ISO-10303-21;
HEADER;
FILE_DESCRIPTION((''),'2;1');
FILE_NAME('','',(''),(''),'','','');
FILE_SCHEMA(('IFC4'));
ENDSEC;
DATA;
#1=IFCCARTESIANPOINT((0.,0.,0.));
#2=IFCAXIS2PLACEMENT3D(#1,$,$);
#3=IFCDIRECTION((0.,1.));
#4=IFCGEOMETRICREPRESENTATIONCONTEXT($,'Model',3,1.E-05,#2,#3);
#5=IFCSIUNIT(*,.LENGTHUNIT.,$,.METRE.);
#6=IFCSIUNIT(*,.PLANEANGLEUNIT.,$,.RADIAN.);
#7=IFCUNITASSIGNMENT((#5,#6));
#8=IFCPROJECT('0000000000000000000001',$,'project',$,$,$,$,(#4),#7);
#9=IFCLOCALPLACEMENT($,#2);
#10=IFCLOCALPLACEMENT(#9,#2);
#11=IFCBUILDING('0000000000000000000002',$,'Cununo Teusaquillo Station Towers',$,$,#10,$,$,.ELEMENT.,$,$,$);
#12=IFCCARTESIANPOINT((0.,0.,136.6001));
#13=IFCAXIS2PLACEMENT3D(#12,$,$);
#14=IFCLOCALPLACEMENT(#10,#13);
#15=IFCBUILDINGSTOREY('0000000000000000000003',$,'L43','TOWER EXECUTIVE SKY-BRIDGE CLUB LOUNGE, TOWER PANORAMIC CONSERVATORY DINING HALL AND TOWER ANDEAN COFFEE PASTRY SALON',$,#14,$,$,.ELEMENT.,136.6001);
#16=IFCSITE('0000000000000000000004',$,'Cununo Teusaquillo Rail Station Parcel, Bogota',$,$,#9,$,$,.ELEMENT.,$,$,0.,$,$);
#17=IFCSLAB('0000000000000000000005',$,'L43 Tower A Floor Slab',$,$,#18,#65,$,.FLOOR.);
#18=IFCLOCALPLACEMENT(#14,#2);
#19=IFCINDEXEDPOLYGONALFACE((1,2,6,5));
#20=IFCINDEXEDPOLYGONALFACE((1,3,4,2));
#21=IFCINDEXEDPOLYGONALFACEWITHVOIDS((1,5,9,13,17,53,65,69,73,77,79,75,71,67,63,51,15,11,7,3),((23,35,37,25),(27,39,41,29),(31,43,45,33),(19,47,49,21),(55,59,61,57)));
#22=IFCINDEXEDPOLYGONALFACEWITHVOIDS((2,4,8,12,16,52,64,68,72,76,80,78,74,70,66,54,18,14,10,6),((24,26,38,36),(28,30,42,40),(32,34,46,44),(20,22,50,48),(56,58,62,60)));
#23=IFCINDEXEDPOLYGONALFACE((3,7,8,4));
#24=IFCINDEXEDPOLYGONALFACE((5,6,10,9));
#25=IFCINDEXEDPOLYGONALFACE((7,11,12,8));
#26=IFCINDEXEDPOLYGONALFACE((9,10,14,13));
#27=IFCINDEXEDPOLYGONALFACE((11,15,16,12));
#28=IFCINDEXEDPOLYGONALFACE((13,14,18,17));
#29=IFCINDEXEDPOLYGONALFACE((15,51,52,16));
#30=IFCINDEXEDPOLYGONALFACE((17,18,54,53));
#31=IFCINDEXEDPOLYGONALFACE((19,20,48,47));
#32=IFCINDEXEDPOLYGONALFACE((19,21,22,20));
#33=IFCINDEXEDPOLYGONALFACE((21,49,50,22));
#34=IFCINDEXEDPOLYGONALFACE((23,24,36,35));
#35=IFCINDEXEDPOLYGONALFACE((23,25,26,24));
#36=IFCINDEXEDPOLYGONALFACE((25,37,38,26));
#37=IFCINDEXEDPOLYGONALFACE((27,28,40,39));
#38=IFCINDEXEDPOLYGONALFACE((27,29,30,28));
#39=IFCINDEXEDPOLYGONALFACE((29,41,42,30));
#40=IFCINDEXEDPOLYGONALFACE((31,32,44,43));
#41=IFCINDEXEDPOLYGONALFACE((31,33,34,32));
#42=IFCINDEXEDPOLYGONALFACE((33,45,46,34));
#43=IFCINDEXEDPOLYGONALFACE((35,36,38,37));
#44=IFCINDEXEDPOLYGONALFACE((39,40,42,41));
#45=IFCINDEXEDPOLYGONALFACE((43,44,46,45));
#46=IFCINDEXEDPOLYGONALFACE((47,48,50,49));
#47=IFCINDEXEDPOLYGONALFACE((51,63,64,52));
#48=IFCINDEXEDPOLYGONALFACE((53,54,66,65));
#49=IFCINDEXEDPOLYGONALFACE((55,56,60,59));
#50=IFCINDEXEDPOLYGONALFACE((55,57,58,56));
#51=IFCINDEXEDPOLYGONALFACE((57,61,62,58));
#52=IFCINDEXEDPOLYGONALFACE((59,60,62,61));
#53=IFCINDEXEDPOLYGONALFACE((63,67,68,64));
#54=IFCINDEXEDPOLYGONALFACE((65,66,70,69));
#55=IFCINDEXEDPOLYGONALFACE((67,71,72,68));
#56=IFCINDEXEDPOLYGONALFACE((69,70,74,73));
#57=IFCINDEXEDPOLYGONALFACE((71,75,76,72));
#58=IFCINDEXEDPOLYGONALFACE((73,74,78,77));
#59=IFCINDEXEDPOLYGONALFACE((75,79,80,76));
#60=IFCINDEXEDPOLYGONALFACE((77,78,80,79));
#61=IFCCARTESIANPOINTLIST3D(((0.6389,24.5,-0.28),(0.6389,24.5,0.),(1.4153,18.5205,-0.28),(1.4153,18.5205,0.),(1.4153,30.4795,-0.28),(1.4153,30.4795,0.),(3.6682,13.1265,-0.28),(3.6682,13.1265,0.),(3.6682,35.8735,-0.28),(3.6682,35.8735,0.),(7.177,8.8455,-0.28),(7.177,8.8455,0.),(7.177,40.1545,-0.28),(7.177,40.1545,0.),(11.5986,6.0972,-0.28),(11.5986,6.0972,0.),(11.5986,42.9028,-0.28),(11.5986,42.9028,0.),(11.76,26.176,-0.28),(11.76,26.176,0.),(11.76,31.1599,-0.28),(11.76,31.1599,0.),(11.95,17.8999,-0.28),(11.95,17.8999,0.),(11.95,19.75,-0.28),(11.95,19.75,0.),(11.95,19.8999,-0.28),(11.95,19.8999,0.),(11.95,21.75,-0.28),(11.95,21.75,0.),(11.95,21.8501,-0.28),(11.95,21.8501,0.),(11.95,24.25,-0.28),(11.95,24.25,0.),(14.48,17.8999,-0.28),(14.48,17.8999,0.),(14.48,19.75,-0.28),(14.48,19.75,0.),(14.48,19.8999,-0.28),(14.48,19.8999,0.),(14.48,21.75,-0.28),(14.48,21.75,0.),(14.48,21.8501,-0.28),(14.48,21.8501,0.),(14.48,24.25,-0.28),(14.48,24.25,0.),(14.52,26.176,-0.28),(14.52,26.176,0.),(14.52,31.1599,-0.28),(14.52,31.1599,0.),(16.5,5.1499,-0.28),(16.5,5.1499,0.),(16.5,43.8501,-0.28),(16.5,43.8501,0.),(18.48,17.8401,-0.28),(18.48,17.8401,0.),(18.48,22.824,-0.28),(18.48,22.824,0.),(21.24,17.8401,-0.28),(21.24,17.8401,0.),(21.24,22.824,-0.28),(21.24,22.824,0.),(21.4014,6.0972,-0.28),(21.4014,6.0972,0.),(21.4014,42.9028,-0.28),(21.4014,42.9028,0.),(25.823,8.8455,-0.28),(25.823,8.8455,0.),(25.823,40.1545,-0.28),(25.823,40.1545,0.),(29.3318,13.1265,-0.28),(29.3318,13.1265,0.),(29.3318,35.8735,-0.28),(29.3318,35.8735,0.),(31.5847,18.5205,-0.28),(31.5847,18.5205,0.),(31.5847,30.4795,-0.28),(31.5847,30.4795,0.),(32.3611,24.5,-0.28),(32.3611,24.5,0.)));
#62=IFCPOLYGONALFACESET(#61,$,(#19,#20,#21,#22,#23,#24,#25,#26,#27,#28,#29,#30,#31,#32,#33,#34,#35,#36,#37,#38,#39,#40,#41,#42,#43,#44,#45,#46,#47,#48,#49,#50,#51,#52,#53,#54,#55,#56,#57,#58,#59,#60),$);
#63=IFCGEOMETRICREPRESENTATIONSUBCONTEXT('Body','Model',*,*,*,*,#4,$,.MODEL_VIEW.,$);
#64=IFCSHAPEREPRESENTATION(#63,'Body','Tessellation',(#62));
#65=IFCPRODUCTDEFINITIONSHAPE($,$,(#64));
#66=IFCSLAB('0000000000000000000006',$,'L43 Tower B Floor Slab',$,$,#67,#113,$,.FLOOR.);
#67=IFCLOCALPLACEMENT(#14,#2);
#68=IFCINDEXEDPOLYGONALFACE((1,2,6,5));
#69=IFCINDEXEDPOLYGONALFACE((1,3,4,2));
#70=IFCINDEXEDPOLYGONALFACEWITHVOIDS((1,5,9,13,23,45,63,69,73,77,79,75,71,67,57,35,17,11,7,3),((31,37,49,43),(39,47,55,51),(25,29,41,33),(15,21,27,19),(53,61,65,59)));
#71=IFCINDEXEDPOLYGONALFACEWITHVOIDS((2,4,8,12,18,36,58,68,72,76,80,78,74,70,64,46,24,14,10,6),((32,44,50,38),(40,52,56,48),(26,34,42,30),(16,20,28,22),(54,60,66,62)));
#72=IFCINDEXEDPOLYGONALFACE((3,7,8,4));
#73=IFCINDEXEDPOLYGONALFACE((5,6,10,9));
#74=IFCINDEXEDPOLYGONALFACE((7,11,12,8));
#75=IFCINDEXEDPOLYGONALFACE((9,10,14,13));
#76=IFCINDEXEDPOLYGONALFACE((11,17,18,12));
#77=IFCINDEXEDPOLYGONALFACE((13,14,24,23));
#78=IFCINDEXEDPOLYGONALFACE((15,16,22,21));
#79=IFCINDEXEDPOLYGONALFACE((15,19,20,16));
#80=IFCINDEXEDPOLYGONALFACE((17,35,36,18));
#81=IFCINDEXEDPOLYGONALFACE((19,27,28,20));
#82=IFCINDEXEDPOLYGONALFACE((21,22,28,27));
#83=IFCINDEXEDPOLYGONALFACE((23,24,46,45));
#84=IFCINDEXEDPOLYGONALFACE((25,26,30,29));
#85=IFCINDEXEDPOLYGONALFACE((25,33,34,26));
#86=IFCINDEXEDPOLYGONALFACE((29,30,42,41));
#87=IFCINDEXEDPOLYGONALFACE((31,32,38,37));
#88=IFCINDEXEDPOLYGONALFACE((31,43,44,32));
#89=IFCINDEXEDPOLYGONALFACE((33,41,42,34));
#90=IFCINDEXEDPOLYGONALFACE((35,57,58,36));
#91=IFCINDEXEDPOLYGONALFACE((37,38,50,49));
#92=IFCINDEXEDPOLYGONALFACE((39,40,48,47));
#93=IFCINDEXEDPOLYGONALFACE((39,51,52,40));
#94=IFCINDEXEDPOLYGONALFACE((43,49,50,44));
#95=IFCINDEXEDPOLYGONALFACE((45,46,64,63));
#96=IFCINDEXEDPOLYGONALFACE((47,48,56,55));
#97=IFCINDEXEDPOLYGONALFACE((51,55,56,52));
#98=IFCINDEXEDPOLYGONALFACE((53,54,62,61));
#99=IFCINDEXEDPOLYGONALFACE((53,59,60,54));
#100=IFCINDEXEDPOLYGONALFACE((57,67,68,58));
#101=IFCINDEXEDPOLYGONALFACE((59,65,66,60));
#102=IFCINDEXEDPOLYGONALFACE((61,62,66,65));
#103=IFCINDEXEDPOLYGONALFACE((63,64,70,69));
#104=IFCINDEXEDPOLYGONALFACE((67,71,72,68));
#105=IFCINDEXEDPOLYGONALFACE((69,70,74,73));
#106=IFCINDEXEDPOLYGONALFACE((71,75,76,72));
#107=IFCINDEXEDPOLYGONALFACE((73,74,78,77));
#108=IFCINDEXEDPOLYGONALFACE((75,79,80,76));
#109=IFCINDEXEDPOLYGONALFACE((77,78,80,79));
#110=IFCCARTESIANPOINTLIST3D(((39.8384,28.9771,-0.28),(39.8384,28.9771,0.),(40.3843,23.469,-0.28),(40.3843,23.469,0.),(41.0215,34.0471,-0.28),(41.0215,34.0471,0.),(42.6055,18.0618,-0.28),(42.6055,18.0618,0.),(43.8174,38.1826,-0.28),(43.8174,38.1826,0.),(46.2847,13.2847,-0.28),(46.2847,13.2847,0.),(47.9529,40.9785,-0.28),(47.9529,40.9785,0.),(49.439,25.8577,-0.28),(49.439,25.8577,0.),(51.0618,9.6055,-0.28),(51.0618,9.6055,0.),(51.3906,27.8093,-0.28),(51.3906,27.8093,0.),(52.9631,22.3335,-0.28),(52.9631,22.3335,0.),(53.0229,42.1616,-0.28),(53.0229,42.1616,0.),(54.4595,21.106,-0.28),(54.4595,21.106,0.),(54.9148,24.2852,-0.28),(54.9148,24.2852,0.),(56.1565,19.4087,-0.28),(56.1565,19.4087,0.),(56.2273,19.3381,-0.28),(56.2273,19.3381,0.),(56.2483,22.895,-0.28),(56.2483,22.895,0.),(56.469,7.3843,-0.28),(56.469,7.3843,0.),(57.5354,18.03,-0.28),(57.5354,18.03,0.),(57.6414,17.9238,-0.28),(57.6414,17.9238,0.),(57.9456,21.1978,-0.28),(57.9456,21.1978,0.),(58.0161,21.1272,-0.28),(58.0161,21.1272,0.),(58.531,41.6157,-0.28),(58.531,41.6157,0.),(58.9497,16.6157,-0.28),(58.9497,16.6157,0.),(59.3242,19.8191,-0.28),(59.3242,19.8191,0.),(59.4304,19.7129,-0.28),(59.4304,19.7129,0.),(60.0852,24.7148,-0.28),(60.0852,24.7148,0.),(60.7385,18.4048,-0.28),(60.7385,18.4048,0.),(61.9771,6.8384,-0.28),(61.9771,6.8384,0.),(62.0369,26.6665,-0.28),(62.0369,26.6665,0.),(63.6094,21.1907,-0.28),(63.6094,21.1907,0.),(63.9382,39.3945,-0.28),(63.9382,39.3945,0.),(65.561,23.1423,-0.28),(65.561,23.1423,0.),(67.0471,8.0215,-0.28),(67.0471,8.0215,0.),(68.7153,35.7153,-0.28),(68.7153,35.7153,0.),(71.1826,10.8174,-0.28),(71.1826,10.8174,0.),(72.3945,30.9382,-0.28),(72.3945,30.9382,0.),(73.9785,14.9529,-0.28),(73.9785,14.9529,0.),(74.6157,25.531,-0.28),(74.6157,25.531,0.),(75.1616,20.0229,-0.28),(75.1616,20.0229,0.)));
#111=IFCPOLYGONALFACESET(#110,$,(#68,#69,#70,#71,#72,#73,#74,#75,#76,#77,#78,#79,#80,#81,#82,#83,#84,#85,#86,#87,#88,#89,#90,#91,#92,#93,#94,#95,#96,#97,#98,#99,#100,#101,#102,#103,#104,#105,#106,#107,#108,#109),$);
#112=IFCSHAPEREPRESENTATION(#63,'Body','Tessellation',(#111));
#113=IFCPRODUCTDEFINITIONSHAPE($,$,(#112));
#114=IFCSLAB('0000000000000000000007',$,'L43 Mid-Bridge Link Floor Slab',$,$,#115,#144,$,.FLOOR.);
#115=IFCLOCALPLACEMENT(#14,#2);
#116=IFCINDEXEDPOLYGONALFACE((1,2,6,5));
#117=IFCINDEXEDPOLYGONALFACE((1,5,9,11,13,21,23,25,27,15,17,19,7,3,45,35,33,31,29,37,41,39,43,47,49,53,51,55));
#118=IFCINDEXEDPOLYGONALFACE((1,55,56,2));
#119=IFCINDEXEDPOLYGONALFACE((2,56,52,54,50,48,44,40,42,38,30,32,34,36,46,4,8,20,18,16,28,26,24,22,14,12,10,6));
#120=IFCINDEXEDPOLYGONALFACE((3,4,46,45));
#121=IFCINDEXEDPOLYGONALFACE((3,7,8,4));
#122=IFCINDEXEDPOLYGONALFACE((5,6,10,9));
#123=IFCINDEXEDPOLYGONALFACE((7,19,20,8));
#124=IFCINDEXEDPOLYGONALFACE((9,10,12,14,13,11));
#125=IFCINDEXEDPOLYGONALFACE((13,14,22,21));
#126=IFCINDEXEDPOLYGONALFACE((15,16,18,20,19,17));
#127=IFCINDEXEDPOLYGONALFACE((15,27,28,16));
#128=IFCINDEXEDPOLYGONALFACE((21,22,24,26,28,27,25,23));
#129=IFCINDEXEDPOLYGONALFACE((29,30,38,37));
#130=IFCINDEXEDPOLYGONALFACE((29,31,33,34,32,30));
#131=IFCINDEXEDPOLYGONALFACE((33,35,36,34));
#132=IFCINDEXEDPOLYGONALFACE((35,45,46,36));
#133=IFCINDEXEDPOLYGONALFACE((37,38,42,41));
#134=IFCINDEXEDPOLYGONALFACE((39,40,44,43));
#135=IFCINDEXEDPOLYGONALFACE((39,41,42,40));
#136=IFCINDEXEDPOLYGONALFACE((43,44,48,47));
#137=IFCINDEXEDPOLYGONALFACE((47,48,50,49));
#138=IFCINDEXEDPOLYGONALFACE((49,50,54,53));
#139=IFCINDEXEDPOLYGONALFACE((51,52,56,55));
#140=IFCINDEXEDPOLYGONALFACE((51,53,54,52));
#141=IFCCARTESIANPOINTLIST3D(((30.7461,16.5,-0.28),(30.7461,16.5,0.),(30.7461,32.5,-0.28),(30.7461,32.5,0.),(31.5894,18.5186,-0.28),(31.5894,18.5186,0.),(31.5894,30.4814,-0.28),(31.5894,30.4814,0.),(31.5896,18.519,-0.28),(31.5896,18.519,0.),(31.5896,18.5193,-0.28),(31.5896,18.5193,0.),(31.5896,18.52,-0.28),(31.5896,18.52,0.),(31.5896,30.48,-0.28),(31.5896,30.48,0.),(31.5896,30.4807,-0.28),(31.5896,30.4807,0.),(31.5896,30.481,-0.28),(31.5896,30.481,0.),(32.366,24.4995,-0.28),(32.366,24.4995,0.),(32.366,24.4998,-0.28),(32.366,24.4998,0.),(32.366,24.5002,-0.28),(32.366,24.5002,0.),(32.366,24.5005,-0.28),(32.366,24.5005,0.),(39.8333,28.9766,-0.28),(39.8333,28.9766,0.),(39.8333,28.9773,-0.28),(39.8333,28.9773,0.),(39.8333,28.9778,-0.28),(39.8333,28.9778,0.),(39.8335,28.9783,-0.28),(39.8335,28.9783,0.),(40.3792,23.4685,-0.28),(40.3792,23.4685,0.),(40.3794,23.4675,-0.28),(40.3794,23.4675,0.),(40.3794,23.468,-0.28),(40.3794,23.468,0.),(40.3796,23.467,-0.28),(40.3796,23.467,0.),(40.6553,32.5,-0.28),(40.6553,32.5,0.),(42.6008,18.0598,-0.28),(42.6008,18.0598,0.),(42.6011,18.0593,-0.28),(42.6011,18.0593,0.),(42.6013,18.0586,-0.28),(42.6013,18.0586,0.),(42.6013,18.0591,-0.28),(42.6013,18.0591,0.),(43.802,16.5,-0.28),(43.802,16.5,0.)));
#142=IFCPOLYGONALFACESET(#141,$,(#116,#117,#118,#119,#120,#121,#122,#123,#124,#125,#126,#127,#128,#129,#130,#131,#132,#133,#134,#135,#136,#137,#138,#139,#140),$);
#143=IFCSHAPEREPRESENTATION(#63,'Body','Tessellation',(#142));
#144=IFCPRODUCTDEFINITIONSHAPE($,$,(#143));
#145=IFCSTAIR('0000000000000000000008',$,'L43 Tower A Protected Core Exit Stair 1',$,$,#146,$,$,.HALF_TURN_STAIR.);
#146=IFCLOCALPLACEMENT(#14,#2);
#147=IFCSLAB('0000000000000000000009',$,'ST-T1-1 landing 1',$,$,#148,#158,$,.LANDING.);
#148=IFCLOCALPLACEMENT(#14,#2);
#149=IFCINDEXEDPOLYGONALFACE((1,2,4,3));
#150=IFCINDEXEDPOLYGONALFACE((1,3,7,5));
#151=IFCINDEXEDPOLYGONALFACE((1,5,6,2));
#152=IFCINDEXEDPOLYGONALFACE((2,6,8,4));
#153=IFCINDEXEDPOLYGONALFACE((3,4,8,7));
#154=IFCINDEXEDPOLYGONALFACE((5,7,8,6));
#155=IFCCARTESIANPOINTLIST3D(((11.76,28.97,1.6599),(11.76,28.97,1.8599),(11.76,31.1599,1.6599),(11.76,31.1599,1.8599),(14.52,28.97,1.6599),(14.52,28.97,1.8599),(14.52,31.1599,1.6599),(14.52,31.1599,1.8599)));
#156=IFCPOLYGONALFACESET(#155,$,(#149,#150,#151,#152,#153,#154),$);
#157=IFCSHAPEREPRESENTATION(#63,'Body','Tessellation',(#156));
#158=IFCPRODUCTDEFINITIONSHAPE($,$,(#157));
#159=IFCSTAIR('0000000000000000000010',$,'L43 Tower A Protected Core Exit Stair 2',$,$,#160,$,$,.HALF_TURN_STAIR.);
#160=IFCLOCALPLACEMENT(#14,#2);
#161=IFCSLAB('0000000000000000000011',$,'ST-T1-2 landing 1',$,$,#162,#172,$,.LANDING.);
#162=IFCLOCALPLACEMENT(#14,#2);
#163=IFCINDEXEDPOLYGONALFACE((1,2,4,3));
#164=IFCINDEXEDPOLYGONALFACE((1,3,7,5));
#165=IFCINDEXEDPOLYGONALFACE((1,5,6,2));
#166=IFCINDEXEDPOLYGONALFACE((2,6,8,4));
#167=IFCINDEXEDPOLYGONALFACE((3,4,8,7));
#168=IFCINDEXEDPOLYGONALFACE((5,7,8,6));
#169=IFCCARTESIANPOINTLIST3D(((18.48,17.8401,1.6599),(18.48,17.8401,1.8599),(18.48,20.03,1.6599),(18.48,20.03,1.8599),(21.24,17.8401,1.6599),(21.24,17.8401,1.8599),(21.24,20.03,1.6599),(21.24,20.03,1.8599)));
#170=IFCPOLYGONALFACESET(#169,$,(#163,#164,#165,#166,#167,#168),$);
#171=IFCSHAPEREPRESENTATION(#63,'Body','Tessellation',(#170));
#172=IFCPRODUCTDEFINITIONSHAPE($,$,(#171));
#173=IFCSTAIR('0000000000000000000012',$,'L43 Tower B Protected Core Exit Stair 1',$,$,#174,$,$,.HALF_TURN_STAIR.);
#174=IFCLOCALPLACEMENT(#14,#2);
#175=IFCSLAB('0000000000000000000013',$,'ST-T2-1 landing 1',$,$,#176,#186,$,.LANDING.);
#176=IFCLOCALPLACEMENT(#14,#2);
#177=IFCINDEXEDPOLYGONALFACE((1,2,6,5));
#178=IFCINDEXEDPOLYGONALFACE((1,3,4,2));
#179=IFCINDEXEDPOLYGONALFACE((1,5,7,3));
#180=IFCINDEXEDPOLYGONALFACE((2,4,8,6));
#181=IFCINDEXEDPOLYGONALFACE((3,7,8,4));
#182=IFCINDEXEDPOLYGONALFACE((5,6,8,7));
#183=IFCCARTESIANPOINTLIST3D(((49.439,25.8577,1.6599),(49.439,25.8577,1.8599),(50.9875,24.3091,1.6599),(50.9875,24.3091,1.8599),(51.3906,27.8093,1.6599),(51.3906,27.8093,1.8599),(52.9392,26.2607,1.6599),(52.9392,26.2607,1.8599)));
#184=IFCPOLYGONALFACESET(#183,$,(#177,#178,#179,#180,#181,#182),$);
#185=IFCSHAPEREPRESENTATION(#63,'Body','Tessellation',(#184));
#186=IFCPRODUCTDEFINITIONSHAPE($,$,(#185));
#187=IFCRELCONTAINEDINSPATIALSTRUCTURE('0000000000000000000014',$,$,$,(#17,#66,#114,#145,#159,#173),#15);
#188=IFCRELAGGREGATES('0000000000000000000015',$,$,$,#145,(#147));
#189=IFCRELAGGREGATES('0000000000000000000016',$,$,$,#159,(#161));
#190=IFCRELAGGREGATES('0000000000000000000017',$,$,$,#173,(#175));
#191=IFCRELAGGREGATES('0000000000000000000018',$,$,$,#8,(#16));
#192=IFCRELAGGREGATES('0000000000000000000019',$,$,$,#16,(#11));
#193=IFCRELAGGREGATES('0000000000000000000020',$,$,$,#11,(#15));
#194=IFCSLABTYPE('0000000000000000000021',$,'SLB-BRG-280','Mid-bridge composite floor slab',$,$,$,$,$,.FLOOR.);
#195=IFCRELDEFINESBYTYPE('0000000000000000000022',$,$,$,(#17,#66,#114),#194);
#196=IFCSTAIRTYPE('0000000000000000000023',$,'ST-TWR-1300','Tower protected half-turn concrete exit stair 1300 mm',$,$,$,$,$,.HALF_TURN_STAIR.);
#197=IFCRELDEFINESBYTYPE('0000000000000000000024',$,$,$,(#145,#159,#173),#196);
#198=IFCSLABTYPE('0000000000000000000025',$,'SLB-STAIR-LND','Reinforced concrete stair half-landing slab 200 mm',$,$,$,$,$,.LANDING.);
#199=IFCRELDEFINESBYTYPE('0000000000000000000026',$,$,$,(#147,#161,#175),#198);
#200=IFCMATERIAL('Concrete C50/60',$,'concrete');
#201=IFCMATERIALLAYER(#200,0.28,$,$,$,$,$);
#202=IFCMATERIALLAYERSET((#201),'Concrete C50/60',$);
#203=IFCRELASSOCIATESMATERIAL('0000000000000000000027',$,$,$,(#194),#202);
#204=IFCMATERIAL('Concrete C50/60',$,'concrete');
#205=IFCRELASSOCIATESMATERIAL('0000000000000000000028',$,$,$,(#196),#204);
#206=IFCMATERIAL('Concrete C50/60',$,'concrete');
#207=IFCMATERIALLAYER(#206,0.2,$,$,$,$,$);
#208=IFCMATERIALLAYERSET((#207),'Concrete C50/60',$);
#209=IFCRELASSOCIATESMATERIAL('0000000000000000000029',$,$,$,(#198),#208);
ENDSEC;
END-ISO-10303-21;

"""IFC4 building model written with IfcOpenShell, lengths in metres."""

from ifc_helpers import new_model, si_unit, direction, frame, origin, place, context, subcontext, project, spatial, polyline, outline, extrude, material, layer, layer_set, type_object, element, aggregate, save


model = new_model("IFC4")

# Units and contexts
model_context = context("Model", 3, precision=1e-05, world=origin(), true_north=direction((0.0, 1.0)))
body_context = subcontext(model_context, "Body", "Model", "MODEL_VIEW")
ifc_project = project(units=[si_unit("LENGTHUNIT", "METRE"), si_unit("PLANEANGLEUNIT", "RADIAN")], contexts=[model_context])

# Site, building, storey
site_placement = place(None, origin())
site = spatial("IfcSite", under=ifc_project, at=site_placement, Name="Cununo Teusaquillo Rail Station Parcel, Bogota", CompositionType="ELEMENT", RefElevation=0.0)
building_placement = place(site_placement, origin())
building = spatial("IfcBuilding", under=site, at=building_placement, Name="Cununo Teusaquillo Station Towers", CompositionType="ELEMENT")
storey_placement = place(building_placement, frame((0.0, 0.0, 136.6001)))
storey = spatial("IfcBuildingStorey", under=building, at=storey_placement, Name="L43", Description="TOWER EXECUTIVE SKY-BRIDGE CLUB LOUNGE, TOWER PANORAMIC CONSERVATORY DINING HALL AND TOWER ANDEAN COFFEE PASTRY SALON", CompositionType="ELEMENT", Elevation=136.6001)

# Slabs
ifc_material_1 = material(Name="Concrete C50/60", Category="concrete")
ifc_layer_1 = layer(ifc_material_1, 0.28)
ifc_layer_set_1 = layer_set([ifc_layer_1], Name="Concrete C50/60")
slab_type_1 = type_object("IfcSlabType", Name="SLB-BRG-280", Description="Mid-bridge composite floor slab", PredefinedType="FLOOR", material=ifc_layer_set_1)
slab_1_placement = place(storey_placement, frame((0.0, 0.0, -0.28)))
element("IfcSlab", 1, at=slab_1_placement, inside=storey, type_object=slab_type_1, Name="L43 Tower A Floor Slab", PredefinedType="FLOOR", context=body_context, shape_type="SweptSolid", body=[
    extrude(outline(polyline([(32.3611, 24.5), (31.5847, 30.4795), (29.3318, 35.8735), (25.823, 40.1545), (21.4014, 42.9028), (16.5, 43.8501), (11.5986, 42.9028), (7.177, 40.1545), (3.6682, 35.8735), (1.4153, 30.4795), (0.6389, 24.5), (1.4153, 18.5205), (3.6682, 13.1265), (7.177, 8.8455), (11.5986, 6.0972), (16.5, 5.1499), (21.4014, 6.0972), (25.823, 8.8455), (29.3318, 13.1265), (31.5847, 18.5205), (32.3611, 24.5)]), holes=[polyline([(14.52, 26.176), (14.52, 31.1599), (11.76, 31.1599), (11.76, 26.176), (14.52, 26.176)]), polyline([(18.48, 22.824), (18.48, 17.8401), (21.24, 17.8401), (21.24, 22.824), (18.48, 22.824)]), polyline([(11.95, 21.8501), (14.48, 21.8501), (14.48, 24.25), (11.95, 24.25), (11.95, 21.8501)]), polyline([(11.95, 17.8999), (14.48, 17.8999), (14.48, 19.75), (11.95, 19.75), (11.95, 17.8999)]), polyline([(11.95, 19.8999), (14.48, 19.8999), (14.48, 21.75), (11.95, 21.75), (11.95, 19.8999)])]), origin(), (0.0, 0.0, 1.0), 0.28),
])
slab_2_placement = place(storey_placement, frame((0.0, 0.0, -0.28)))
element("IfcSlab", 2, at=slab_2_placement, inside=storey, type_object=slab_type_1, Name="L43 Tower B Floor Slab", PredefinedType="FLOOR", context=body_context, shape_type="SweptSolid", body=[
    extrude(outline(polyline([(68.7153, 35.7153), (63.9382, 39.3945), (58.531, 41.6157), (53.0229, 42.1616), (47.9529, 40.9785), (43.8174, 38.1826), (41.0215, 34.0471), (39.8384, 28.9771), (40.3843, 23.469), (42.6055, 18.0618), (46.2847, 13.2847), (51.0618, 9.6055), (56.469, 7.3843), (61.9771, 6.8384), (67.0471, 8.0215), (71.1826, 10.8174), (73.9785, 14.9529), (75.1616, 20.0229), (74.6157, 25.531), (72.3945, 30.9382), (68.7153, 35.7153)]), holes=[polyline([(54.9148, 24.2852), (51.3906, 27.8093), (49.439, 25.8577), (52.9631, 22.3335), (54.9148, 24.2852)]), polyline([(60.0852, 24.7148), (63.6094, 21.1907), (65.561, 23.1423), (62.0369, 26.6665), (60.0852, 24.7148)]), polyline([(56.1565, 19.4087), (57.9456, 21.1978), (56.2483, 22.895), (54.4595, 21.106), (56.1565, 19.4087)]), polyline([(58.9497, 16.6157), (60.7385, 18.4048), (59.4304, 19.7129), (57.6414, 17.9238), (58.9497, 16.6157)]), polyline([(57.5354, 18.03), (59.3242, 19.8191), (58.0161, 21.1272), (56.2273, 19.3381), (57.5354, 18.03)])]), origin(), (0.0, 0.0, 1.0), 0.28),
])
slab_3_placement = place(storey_placement, frame((0.0, 0.0, -0.28)))
element("IfcSlab", 3, at=slab_3_placement, inside=storey, type_object=slab_type_1, Name="L43 Mid-Bridge Link Floor Slab", PredefinedType="FLOOR", context=body_context, shape_type="SweptSolid", body=[
    extrude(outline(polyline([(30.7461, 16.5), (31.5894, 18.5186), (31.5896, 18.519), (31.5896, 18.5193), (31.5896, 18.52), (32.366, 24.4995), (32.366, 24.4998), (32.366, 24.5002), (32.366, 24.5005), (31.5896, 30.48), (31.5896, 30.4807), (31.5896, 30.481), (31.5894, 30.4814), (30.7461, 32.5), (40.6553, 32.5), (39.8335, 28.9783), (39.8333, 28.9778), (39.8333, 28.9773), (39.8333, 28.9766), (40.3792, 23.4685), (40.3794, 23.468), (40.3794, 23.4675), (40.3796, 23.467), (42.6008, 18.0598), (42.6011, 18.0593), (42.6013, 18.0591), (42.6013, 18.0586), (43.802, 16.5), (30.7461, 16.5)])), origin(), (0.0, 0.0, 1.0), 0.28),
])

# Stairs, slabs
ifc_material_2 = material(Name="Concrete C50/60", Category="concrete")
stair_type = type_object("IfcStairType", Name="ST-TWR-1300", Description="Tower protected half-turn concrete exit stair 1300 mm", PredefinedType="HALF_TURN_STAIR", material=ifc_material_2)
stair_1_placement = place(storey_placement, origin())
stair_1 = element("IfcStair", 4, at=stair_1_placement, inside=storey, type_object=stair_type, Name="L43 Tower A Protected Core Exit Stair 1", PredefinedType="HALF_TURN_STAIR")
ifc_material_3 = material(Name="Concrete C50/60", Category="concrete")
ifc_layer_2 = layer(ifc_material_3, 0.2)
ifc_layer_set_2 = layer_set([ifc_layer_2], Name="Concrete C50/60")
slab_type_2 = type_object("IfcSlabType", Name="SLB-STAIR-LND", Description="Reinforced concrete stair half-landing slab 200 mm", PredefinedType="LANDING", material=ifc_layer_set_2)
slab_4_placement = place(storey_placement, frame((0.0, 0.0, 1.6599)))
slab_4 = element("IfcSlab", 5, at=slab_4_placement, type_object=slab_type_2, Name="ST-T1-1 landing 1", PredefinedType="LANDING", context=body_context, shape_type="SweptSolid", body=[
    extrude(outline(polyline([(14.52, 28.97), (14.52, 31.1599), (11.76, 31.1599), (11.76, 28.97), (14.52, 28.97)])), origin(), (0.0, 0.0, 1.0), 0.2),
])
aggregate(stair_1, [slab_4])
stair_2_placement = place(storey_placement, origin())
stair_2 = element("IfcStair", 6, at=stair_2_placement, inside=storey, type_object=stair_type, Name="L43 Tower A Protected Core Exit Stair 2", PredefinedType="HALF_TURN_STAIR")
slab_5_placement = place(storey_placement, frame((0.0, 0.0, 1.6599)))
slab_5 = element("IfcSlab", 7, at=slab_5_placement, type_object=slab_type_2, Name="ST-T1-2 landing 1", PredefinedType="LANDING", context=body_context, shape_type="SweptSolid", body=[
    extrude(outline(polyline([(18.48, 20.03), (18.48, 17.8401), (21.24, 17.8401), (21.24, 20.03), (18.48, 20.03)])), origin(), (0.0, 0.0, 1.0), 0.2),
])
aggregate(stair_2, [slab_5])
stair_3_placement = place(storey_placement, origin())
stair_3 = element("IfcStair", 8, at=stair_3_placement, inside=storey, type_object=stair_type, Name="L43 Tower B Protected Core Exit Stair 1", PredefinedType="HALF_TURN_STAIR")
slab_6_placement = place(storey_placement, frame((0.0, 0.0, 1.6599)))
slab_6 = element("IfcSlab", 9, at=slab_6_placement, type_object=slab_type_2, Name="ST-T2-1 landing 1", PredefinedType="LANDING", context=body_context, shape_type="SweptSolid", body=[
    extrude(outline(polyline([(52.9392, 26.2607), (51.3906, 27.8093), (49.439, 25.8577), (50.9875, 24.3091), (52.9392, 26.2607)])), origin(), (0.0, 0.0, 1.0), 0.2),
])
aggregate(stair_3, [slab_6])

save(model, "model.ifc")
